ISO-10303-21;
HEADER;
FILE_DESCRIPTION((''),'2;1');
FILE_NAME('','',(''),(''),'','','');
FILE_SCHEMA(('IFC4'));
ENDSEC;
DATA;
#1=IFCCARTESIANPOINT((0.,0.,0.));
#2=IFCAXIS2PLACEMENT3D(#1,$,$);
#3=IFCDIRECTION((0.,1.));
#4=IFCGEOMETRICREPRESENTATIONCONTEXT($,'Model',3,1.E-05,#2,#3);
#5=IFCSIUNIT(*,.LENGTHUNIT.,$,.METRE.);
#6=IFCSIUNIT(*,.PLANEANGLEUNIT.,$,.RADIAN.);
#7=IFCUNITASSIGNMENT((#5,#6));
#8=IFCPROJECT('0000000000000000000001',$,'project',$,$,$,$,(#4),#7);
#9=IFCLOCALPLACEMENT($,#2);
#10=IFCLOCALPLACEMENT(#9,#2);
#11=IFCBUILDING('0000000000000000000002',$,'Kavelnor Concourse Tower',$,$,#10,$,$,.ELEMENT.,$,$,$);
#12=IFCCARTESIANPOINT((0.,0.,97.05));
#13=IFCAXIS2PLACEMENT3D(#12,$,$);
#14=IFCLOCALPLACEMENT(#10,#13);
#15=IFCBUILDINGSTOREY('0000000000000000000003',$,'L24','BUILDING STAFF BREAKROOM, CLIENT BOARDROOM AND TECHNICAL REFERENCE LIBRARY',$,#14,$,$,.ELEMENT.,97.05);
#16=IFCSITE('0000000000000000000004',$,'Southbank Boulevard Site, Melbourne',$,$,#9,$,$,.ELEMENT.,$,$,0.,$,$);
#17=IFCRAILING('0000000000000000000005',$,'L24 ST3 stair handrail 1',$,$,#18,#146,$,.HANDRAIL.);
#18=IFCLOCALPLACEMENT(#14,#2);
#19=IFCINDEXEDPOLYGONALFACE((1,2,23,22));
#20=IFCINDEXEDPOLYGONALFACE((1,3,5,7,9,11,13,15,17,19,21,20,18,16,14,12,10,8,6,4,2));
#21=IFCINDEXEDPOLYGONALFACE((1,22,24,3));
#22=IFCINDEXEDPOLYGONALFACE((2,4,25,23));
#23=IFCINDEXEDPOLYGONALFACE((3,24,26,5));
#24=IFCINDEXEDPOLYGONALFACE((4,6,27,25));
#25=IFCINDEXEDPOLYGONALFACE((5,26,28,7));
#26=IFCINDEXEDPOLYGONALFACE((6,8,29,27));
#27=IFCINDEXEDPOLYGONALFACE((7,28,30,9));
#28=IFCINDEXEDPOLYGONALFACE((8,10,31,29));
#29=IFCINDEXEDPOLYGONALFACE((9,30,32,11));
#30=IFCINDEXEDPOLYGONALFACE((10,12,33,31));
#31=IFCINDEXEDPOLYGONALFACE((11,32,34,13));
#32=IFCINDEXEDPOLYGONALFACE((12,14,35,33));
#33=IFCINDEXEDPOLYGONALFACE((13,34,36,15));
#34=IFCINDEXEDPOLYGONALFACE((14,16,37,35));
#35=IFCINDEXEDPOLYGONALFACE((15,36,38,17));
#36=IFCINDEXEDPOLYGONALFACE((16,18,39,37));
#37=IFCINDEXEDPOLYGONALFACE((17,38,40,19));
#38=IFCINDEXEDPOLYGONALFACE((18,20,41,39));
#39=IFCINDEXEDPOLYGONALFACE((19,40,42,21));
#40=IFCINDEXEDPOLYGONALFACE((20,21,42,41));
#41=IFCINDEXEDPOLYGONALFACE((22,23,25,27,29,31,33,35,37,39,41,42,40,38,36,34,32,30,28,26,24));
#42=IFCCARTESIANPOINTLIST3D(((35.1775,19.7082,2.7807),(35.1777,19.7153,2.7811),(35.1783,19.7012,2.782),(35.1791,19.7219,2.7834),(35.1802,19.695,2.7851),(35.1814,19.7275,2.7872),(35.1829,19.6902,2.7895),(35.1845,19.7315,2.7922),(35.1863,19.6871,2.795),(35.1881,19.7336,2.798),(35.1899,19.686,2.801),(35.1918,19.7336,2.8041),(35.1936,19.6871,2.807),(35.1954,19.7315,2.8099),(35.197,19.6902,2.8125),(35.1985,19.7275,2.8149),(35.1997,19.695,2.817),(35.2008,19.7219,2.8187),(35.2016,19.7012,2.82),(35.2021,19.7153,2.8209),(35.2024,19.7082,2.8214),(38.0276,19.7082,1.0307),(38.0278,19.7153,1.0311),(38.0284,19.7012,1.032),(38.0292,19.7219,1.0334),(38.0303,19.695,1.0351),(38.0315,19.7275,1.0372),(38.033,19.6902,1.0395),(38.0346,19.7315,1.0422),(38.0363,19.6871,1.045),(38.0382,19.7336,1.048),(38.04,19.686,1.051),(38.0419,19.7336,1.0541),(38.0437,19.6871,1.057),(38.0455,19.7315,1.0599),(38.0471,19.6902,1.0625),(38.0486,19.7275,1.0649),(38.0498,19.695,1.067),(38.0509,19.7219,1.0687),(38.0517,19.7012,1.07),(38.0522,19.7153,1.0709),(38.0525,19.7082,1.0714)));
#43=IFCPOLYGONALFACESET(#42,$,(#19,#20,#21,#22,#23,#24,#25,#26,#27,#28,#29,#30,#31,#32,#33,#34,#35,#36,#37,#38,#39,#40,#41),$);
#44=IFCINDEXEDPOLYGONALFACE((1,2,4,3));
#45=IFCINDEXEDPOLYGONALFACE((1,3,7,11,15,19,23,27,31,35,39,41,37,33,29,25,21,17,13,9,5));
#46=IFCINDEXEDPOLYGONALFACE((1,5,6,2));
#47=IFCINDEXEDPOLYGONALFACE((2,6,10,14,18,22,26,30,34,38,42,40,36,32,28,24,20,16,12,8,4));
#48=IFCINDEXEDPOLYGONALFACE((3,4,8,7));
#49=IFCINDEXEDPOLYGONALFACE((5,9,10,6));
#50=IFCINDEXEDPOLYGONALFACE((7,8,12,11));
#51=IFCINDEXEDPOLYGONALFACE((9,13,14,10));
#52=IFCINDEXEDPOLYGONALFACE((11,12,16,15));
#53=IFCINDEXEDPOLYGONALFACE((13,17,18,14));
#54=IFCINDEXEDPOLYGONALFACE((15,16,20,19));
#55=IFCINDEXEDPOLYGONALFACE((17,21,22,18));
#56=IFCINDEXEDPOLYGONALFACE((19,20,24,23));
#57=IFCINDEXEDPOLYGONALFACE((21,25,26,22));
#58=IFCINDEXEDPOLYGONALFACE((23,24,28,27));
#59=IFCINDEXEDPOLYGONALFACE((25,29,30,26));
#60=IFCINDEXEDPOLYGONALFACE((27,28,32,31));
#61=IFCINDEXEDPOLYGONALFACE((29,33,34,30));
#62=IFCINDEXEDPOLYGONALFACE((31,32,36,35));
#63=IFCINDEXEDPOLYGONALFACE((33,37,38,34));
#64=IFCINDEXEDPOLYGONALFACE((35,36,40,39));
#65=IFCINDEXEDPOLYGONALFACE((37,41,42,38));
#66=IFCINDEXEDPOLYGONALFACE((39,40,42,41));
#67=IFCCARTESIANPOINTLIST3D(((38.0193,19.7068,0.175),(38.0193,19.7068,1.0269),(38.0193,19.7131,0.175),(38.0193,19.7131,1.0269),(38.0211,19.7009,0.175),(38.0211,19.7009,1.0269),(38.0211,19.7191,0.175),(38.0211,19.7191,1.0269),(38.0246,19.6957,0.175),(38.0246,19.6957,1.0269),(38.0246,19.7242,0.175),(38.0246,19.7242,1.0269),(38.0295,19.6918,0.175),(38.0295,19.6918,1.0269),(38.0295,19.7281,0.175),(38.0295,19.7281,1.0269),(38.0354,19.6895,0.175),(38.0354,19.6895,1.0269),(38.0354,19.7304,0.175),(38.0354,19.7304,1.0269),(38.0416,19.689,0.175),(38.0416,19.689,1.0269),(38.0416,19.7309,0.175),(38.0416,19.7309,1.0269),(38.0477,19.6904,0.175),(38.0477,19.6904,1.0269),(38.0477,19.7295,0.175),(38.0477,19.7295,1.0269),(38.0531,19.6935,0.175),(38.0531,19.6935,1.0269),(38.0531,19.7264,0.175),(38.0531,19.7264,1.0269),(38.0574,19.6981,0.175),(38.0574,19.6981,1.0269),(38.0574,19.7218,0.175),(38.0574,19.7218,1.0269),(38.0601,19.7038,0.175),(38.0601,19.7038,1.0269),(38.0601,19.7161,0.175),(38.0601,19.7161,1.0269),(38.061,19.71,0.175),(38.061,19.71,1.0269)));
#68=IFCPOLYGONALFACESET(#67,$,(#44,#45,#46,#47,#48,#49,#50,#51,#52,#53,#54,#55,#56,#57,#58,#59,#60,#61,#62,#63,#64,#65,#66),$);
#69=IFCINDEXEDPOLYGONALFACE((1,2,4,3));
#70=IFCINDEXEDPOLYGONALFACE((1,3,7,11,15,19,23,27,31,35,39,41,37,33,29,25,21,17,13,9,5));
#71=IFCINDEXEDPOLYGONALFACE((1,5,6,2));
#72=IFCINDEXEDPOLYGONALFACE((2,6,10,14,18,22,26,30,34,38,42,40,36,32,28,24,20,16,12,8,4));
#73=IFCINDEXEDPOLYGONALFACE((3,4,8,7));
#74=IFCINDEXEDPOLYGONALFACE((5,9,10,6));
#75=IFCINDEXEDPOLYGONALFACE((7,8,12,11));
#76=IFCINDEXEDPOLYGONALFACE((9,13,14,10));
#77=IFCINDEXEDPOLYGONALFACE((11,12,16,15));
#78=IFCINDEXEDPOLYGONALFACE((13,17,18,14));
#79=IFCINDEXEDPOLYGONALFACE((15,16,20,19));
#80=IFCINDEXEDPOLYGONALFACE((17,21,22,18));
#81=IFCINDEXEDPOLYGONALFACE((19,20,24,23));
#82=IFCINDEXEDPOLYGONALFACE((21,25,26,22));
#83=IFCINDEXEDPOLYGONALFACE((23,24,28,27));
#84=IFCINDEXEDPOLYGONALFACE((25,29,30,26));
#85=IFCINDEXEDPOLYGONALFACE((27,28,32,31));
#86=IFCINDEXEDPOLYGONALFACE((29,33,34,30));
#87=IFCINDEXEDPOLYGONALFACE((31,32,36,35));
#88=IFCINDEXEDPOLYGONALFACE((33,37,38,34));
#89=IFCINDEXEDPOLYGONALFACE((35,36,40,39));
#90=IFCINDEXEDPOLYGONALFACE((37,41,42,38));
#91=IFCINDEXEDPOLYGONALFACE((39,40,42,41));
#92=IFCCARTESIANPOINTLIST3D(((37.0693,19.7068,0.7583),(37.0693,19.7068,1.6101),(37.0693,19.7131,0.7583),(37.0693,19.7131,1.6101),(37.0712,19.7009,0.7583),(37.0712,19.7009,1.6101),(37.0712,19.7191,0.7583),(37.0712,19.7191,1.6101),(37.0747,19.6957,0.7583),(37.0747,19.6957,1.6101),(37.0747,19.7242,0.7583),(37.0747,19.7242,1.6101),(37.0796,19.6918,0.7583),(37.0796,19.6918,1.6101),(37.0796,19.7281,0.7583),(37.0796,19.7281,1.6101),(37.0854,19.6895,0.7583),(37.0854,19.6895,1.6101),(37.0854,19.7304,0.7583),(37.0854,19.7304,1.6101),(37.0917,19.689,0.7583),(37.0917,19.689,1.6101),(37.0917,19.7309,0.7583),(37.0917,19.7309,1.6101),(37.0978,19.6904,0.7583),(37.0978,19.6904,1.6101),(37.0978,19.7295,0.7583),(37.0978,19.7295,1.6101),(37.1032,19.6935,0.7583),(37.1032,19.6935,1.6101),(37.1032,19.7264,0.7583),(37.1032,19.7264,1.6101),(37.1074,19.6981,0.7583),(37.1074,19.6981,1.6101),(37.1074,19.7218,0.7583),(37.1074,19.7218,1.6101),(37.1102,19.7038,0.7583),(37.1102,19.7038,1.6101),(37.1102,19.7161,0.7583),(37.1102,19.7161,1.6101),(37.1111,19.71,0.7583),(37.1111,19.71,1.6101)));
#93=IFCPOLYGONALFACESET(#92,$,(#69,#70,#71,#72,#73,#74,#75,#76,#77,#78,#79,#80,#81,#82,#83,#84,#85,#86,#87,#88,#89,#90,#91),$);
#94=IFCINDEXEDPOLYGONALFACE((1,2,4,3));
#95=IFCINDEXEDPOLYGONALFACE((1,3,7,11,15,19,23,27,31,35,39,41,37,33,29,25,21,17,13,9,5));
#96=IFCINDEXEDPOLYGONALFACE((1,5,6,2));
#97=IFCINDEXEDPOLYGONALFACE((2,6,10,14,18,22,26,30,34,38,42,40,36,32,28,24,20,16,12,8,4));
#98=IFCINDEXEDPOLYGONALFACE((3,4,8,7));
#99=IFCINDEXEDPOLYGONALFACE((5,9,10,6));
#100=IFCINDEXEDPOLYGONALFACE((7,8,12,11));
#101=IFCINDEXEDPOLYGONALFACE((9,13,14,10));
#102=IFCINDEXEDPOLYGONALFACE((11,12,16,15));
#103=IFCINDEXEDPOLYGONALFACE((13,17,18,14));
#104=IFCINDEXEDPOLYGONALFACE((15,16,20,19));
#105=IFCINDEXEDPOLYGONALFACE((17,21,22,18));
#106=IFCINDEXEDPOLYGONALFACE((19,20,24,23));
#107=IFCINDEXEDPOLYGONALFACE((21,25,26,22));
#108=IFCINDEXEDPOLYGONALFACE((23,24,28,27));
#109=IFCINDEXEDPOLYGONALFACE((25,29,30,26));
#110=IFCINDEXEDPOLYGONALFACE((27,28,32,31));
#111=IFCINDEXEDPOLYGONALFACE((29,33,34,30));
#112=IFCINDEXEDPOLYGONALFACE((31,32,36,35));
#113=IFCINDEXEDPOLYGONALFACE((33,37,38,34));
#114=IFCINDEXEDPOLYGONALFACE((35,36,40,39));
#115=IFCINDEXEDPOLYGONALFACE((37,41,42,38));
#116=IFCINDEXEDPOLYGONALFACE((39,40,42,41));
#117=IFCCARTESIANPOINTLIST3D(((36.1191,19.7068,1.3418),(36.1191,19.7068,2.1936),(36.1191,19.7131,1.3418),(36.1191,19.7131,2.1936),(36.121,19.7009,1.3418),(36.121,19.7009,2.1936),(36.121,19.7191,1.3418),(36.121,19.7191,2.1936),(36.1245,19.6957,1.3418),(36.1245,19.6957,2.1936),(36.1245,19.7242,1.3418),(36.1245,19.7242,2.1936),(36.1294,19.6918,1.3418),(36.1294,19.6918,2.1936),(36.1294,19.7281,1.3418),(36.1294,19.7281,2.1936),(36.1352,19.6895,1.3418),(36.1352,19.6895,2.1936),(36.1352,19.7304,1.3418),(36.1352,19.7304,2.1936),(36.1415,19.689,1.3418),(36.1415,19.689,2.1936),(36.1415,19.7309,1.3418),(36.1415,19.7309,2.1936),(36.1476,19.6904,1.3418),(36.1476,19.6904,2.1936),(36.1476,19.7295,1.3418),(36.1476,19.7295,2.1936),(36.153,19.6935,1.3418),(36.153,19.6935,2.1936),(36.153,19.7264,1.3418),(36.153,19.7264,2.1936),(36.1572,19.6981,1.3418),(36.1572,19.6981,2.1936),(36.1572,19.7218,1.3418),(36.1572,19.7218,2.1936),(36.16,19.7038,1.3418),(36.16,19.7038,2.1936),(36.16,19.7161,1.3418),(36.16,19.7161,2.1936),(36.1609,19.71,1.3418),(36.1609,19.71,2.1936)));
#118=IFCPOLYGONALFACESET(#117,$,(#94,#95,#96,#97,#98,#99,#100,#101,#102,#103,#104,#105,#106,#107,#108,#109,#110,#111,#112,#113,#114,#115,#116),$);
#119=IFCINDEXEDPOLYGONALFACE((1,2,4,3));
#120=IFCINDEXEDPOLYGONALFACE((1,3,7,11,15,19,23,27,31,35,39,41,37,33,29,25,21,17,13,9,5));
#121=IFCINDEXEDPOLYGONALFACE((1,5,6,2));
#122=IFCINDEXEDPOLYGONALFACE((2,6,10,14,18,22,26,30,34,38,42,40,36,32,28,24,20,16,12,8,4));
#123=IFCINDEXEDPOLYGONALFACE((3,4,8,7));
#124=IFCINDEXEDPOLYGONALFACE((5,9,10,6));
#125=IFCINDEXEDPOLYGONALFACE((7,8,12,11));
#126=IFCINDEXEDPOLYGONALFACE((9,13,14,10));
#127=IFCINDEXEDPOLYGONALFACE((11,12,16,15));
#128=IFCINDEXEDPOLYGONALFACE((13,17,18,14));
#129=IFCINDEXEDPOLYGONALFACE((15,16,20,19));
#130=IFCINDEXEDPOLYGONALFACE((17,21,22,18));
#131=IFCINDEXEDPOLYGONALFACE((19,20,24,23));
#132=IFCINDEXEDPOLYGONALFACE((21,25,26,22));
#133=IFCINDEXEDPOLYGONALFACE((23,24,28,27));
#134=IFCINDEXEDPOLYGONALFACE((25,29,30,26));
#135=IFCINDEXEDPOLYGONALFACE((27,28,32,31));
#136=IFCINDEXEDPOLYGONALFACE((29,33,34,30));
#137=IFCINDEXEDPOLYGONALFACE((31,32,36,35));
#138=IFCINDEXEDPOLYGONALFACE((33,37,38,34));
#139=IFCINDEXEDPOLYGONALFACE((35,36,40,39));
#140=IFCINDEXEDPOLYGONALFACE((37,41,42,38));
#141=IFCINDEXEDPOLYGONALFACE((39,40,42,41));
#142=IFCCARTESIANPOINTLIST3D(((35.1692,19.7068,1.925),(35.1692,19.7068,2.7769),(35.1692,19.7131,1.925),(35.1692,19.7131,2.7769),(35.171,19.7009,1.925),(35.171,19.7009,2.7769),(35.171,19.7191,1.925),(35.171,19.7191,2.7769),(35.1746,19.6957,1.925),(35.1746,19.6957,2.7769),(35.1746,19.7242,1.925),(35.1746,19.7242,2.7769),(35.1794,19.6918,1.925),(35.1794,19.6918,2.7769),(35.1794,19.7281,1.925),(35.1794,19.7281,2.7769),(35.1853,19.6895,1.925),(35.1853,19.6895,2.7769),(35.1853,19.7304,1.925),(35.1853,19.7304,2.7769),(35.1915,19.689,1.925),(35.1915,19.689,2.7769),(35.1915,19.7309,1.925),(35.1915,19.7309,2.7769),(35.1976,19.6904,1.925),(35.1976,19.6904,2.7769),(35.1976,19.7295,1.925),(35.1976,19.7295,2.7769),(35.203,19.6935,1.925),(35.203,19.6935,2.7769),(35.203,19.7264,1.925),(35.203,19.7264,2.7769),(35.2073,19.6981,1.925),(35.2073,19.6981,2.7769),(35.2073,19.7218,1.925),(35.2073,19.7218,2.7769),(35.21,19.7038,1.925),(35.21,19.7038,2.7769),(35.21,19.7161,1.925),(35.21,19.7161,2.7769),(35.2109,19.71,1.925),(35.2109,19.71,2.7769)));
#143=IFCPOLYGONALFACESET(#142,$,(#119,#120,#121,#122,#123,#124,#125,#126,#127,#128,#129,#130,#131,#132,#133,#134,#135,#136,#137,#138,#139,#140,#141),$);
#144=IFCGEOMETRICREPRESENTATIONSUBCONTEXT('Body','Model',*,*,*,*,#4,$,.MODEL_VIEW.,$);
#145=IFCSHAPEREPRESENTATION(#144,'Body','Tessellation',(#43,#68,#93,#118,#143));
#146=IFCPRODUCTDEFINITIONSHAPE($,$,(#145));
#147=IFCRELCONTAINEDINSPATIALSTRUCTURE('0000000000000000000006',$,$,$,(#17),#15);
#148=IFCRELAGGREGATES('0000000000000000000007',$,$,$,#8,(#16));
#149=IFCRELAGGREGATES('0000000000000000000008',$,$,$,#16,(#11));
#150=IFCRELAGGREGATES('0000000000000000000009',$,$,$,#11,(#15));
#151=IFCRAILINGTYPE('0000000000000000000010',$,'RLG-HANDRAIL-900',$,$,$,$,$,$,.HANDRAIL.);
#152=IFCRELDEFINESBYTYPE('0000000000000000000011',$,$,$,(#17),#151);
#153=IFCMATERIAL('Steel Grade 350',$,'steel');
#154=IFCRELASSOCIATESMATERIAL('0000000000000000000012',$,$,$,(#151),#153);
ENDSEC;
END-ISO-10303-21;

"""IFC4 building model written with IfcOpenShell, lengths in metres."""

from ifc_helpers import new_model, si_unit, direction, frame, origin, origin_2d, place, context, subcontext, project, spatial, circle, extrude, material, type_object, element, save


model = new_model("IFC4")

# Units and contexts
model_context = context("Model", 3, precision=1e-05, world=origin(), true_north=direction((0.0, 1.0)))
body_context = subcontext(model_context, "Body", "Model", "MODEL_VIEW")
ifc_project = project(units=[si_unit("LENGTHUNIT", "METRE"), si_unit("PLANEANGLEUNIT", "RADIAN")], contexts=[model_context])

# Site, building, storey
site_placement = place(None, origin())
site = spatial("IfcSite", under=ifc_project, at=site_placement, Name="Southbank Boulevard Site, Melbourne", CompositionType="ELEMENT", RefElevation=0.0)
building_placement = place(site_placement, origin())
building = spatial("IfcBuilding", under=site, at=building_placement, Name="Kavelnor Concourse Tower", CompositionType="ELEMENT")
storey_placement = place(building_placement, frame((0.0, 0.0, 97.05)))
storey = spatial("IfcBuildingStorey", under=building, at=storey_placement, Name="L24", Description="BUILDING STAFF BREAKROOM, CLIENT BOARDROOM AND TECHNICAL REFERENCE LIBRARY", CompositionType="ELEMENT", Elevation=97.05)

# Shared definitions
ifc_material_1 = material(Name="Steel Grade 350", Category="steel")

# Railing
railing_type_1 = type_object("IfcRailingType", Name="RLG-HANDRAIL-900", PredefinedType="HANDRAIL", material=ifc_material_1)
railing_1_placement = place(storey_placement, frame((38.04, 19.71, 0.175)))
element("IfcRailing", 1, at=railing_1_placement, inside=storey, type_object=railing_type_1, Name="L24 ST3 stair handrail 1", PredefinedType="HANDRAIL", context=body_context, shape_type="SweptSolid", body=[
    extrude(circle(Radius=0.0239, at=origin_2d()), frame((0.0, 0.0, 0.876), z_axis=(-0.852179, 0.0, 0.52325), x_axis=(0.0, -1.0, 0.0)), (0.0, 0.0, 1.0), 3.3445),
    extrude(circle(Radius=0.021, at=origin_2d()), origin(), (0.0, 0.0, 1.0), 0.8518),
    extrude(circle(Radius=0.021, at=origin_2d()), frame((-0.95, 0.0, 0.5833)), (0.0, 0.0, 1.0), 0.8518),
    extrude(circle(Radius=0.021, at=origin_2d()), frame((-1.9001, 0.0, 1.1667)), (0.0, 0.0, 1.0), 0.8518),
    extrude(circle(Radius=0.021, at=origin_2d()), frame((-2.8501, 0.0, 1.75)), (0.0, 0.0, 1.0), 0.8518),
])

save(model, "model.ifc")
